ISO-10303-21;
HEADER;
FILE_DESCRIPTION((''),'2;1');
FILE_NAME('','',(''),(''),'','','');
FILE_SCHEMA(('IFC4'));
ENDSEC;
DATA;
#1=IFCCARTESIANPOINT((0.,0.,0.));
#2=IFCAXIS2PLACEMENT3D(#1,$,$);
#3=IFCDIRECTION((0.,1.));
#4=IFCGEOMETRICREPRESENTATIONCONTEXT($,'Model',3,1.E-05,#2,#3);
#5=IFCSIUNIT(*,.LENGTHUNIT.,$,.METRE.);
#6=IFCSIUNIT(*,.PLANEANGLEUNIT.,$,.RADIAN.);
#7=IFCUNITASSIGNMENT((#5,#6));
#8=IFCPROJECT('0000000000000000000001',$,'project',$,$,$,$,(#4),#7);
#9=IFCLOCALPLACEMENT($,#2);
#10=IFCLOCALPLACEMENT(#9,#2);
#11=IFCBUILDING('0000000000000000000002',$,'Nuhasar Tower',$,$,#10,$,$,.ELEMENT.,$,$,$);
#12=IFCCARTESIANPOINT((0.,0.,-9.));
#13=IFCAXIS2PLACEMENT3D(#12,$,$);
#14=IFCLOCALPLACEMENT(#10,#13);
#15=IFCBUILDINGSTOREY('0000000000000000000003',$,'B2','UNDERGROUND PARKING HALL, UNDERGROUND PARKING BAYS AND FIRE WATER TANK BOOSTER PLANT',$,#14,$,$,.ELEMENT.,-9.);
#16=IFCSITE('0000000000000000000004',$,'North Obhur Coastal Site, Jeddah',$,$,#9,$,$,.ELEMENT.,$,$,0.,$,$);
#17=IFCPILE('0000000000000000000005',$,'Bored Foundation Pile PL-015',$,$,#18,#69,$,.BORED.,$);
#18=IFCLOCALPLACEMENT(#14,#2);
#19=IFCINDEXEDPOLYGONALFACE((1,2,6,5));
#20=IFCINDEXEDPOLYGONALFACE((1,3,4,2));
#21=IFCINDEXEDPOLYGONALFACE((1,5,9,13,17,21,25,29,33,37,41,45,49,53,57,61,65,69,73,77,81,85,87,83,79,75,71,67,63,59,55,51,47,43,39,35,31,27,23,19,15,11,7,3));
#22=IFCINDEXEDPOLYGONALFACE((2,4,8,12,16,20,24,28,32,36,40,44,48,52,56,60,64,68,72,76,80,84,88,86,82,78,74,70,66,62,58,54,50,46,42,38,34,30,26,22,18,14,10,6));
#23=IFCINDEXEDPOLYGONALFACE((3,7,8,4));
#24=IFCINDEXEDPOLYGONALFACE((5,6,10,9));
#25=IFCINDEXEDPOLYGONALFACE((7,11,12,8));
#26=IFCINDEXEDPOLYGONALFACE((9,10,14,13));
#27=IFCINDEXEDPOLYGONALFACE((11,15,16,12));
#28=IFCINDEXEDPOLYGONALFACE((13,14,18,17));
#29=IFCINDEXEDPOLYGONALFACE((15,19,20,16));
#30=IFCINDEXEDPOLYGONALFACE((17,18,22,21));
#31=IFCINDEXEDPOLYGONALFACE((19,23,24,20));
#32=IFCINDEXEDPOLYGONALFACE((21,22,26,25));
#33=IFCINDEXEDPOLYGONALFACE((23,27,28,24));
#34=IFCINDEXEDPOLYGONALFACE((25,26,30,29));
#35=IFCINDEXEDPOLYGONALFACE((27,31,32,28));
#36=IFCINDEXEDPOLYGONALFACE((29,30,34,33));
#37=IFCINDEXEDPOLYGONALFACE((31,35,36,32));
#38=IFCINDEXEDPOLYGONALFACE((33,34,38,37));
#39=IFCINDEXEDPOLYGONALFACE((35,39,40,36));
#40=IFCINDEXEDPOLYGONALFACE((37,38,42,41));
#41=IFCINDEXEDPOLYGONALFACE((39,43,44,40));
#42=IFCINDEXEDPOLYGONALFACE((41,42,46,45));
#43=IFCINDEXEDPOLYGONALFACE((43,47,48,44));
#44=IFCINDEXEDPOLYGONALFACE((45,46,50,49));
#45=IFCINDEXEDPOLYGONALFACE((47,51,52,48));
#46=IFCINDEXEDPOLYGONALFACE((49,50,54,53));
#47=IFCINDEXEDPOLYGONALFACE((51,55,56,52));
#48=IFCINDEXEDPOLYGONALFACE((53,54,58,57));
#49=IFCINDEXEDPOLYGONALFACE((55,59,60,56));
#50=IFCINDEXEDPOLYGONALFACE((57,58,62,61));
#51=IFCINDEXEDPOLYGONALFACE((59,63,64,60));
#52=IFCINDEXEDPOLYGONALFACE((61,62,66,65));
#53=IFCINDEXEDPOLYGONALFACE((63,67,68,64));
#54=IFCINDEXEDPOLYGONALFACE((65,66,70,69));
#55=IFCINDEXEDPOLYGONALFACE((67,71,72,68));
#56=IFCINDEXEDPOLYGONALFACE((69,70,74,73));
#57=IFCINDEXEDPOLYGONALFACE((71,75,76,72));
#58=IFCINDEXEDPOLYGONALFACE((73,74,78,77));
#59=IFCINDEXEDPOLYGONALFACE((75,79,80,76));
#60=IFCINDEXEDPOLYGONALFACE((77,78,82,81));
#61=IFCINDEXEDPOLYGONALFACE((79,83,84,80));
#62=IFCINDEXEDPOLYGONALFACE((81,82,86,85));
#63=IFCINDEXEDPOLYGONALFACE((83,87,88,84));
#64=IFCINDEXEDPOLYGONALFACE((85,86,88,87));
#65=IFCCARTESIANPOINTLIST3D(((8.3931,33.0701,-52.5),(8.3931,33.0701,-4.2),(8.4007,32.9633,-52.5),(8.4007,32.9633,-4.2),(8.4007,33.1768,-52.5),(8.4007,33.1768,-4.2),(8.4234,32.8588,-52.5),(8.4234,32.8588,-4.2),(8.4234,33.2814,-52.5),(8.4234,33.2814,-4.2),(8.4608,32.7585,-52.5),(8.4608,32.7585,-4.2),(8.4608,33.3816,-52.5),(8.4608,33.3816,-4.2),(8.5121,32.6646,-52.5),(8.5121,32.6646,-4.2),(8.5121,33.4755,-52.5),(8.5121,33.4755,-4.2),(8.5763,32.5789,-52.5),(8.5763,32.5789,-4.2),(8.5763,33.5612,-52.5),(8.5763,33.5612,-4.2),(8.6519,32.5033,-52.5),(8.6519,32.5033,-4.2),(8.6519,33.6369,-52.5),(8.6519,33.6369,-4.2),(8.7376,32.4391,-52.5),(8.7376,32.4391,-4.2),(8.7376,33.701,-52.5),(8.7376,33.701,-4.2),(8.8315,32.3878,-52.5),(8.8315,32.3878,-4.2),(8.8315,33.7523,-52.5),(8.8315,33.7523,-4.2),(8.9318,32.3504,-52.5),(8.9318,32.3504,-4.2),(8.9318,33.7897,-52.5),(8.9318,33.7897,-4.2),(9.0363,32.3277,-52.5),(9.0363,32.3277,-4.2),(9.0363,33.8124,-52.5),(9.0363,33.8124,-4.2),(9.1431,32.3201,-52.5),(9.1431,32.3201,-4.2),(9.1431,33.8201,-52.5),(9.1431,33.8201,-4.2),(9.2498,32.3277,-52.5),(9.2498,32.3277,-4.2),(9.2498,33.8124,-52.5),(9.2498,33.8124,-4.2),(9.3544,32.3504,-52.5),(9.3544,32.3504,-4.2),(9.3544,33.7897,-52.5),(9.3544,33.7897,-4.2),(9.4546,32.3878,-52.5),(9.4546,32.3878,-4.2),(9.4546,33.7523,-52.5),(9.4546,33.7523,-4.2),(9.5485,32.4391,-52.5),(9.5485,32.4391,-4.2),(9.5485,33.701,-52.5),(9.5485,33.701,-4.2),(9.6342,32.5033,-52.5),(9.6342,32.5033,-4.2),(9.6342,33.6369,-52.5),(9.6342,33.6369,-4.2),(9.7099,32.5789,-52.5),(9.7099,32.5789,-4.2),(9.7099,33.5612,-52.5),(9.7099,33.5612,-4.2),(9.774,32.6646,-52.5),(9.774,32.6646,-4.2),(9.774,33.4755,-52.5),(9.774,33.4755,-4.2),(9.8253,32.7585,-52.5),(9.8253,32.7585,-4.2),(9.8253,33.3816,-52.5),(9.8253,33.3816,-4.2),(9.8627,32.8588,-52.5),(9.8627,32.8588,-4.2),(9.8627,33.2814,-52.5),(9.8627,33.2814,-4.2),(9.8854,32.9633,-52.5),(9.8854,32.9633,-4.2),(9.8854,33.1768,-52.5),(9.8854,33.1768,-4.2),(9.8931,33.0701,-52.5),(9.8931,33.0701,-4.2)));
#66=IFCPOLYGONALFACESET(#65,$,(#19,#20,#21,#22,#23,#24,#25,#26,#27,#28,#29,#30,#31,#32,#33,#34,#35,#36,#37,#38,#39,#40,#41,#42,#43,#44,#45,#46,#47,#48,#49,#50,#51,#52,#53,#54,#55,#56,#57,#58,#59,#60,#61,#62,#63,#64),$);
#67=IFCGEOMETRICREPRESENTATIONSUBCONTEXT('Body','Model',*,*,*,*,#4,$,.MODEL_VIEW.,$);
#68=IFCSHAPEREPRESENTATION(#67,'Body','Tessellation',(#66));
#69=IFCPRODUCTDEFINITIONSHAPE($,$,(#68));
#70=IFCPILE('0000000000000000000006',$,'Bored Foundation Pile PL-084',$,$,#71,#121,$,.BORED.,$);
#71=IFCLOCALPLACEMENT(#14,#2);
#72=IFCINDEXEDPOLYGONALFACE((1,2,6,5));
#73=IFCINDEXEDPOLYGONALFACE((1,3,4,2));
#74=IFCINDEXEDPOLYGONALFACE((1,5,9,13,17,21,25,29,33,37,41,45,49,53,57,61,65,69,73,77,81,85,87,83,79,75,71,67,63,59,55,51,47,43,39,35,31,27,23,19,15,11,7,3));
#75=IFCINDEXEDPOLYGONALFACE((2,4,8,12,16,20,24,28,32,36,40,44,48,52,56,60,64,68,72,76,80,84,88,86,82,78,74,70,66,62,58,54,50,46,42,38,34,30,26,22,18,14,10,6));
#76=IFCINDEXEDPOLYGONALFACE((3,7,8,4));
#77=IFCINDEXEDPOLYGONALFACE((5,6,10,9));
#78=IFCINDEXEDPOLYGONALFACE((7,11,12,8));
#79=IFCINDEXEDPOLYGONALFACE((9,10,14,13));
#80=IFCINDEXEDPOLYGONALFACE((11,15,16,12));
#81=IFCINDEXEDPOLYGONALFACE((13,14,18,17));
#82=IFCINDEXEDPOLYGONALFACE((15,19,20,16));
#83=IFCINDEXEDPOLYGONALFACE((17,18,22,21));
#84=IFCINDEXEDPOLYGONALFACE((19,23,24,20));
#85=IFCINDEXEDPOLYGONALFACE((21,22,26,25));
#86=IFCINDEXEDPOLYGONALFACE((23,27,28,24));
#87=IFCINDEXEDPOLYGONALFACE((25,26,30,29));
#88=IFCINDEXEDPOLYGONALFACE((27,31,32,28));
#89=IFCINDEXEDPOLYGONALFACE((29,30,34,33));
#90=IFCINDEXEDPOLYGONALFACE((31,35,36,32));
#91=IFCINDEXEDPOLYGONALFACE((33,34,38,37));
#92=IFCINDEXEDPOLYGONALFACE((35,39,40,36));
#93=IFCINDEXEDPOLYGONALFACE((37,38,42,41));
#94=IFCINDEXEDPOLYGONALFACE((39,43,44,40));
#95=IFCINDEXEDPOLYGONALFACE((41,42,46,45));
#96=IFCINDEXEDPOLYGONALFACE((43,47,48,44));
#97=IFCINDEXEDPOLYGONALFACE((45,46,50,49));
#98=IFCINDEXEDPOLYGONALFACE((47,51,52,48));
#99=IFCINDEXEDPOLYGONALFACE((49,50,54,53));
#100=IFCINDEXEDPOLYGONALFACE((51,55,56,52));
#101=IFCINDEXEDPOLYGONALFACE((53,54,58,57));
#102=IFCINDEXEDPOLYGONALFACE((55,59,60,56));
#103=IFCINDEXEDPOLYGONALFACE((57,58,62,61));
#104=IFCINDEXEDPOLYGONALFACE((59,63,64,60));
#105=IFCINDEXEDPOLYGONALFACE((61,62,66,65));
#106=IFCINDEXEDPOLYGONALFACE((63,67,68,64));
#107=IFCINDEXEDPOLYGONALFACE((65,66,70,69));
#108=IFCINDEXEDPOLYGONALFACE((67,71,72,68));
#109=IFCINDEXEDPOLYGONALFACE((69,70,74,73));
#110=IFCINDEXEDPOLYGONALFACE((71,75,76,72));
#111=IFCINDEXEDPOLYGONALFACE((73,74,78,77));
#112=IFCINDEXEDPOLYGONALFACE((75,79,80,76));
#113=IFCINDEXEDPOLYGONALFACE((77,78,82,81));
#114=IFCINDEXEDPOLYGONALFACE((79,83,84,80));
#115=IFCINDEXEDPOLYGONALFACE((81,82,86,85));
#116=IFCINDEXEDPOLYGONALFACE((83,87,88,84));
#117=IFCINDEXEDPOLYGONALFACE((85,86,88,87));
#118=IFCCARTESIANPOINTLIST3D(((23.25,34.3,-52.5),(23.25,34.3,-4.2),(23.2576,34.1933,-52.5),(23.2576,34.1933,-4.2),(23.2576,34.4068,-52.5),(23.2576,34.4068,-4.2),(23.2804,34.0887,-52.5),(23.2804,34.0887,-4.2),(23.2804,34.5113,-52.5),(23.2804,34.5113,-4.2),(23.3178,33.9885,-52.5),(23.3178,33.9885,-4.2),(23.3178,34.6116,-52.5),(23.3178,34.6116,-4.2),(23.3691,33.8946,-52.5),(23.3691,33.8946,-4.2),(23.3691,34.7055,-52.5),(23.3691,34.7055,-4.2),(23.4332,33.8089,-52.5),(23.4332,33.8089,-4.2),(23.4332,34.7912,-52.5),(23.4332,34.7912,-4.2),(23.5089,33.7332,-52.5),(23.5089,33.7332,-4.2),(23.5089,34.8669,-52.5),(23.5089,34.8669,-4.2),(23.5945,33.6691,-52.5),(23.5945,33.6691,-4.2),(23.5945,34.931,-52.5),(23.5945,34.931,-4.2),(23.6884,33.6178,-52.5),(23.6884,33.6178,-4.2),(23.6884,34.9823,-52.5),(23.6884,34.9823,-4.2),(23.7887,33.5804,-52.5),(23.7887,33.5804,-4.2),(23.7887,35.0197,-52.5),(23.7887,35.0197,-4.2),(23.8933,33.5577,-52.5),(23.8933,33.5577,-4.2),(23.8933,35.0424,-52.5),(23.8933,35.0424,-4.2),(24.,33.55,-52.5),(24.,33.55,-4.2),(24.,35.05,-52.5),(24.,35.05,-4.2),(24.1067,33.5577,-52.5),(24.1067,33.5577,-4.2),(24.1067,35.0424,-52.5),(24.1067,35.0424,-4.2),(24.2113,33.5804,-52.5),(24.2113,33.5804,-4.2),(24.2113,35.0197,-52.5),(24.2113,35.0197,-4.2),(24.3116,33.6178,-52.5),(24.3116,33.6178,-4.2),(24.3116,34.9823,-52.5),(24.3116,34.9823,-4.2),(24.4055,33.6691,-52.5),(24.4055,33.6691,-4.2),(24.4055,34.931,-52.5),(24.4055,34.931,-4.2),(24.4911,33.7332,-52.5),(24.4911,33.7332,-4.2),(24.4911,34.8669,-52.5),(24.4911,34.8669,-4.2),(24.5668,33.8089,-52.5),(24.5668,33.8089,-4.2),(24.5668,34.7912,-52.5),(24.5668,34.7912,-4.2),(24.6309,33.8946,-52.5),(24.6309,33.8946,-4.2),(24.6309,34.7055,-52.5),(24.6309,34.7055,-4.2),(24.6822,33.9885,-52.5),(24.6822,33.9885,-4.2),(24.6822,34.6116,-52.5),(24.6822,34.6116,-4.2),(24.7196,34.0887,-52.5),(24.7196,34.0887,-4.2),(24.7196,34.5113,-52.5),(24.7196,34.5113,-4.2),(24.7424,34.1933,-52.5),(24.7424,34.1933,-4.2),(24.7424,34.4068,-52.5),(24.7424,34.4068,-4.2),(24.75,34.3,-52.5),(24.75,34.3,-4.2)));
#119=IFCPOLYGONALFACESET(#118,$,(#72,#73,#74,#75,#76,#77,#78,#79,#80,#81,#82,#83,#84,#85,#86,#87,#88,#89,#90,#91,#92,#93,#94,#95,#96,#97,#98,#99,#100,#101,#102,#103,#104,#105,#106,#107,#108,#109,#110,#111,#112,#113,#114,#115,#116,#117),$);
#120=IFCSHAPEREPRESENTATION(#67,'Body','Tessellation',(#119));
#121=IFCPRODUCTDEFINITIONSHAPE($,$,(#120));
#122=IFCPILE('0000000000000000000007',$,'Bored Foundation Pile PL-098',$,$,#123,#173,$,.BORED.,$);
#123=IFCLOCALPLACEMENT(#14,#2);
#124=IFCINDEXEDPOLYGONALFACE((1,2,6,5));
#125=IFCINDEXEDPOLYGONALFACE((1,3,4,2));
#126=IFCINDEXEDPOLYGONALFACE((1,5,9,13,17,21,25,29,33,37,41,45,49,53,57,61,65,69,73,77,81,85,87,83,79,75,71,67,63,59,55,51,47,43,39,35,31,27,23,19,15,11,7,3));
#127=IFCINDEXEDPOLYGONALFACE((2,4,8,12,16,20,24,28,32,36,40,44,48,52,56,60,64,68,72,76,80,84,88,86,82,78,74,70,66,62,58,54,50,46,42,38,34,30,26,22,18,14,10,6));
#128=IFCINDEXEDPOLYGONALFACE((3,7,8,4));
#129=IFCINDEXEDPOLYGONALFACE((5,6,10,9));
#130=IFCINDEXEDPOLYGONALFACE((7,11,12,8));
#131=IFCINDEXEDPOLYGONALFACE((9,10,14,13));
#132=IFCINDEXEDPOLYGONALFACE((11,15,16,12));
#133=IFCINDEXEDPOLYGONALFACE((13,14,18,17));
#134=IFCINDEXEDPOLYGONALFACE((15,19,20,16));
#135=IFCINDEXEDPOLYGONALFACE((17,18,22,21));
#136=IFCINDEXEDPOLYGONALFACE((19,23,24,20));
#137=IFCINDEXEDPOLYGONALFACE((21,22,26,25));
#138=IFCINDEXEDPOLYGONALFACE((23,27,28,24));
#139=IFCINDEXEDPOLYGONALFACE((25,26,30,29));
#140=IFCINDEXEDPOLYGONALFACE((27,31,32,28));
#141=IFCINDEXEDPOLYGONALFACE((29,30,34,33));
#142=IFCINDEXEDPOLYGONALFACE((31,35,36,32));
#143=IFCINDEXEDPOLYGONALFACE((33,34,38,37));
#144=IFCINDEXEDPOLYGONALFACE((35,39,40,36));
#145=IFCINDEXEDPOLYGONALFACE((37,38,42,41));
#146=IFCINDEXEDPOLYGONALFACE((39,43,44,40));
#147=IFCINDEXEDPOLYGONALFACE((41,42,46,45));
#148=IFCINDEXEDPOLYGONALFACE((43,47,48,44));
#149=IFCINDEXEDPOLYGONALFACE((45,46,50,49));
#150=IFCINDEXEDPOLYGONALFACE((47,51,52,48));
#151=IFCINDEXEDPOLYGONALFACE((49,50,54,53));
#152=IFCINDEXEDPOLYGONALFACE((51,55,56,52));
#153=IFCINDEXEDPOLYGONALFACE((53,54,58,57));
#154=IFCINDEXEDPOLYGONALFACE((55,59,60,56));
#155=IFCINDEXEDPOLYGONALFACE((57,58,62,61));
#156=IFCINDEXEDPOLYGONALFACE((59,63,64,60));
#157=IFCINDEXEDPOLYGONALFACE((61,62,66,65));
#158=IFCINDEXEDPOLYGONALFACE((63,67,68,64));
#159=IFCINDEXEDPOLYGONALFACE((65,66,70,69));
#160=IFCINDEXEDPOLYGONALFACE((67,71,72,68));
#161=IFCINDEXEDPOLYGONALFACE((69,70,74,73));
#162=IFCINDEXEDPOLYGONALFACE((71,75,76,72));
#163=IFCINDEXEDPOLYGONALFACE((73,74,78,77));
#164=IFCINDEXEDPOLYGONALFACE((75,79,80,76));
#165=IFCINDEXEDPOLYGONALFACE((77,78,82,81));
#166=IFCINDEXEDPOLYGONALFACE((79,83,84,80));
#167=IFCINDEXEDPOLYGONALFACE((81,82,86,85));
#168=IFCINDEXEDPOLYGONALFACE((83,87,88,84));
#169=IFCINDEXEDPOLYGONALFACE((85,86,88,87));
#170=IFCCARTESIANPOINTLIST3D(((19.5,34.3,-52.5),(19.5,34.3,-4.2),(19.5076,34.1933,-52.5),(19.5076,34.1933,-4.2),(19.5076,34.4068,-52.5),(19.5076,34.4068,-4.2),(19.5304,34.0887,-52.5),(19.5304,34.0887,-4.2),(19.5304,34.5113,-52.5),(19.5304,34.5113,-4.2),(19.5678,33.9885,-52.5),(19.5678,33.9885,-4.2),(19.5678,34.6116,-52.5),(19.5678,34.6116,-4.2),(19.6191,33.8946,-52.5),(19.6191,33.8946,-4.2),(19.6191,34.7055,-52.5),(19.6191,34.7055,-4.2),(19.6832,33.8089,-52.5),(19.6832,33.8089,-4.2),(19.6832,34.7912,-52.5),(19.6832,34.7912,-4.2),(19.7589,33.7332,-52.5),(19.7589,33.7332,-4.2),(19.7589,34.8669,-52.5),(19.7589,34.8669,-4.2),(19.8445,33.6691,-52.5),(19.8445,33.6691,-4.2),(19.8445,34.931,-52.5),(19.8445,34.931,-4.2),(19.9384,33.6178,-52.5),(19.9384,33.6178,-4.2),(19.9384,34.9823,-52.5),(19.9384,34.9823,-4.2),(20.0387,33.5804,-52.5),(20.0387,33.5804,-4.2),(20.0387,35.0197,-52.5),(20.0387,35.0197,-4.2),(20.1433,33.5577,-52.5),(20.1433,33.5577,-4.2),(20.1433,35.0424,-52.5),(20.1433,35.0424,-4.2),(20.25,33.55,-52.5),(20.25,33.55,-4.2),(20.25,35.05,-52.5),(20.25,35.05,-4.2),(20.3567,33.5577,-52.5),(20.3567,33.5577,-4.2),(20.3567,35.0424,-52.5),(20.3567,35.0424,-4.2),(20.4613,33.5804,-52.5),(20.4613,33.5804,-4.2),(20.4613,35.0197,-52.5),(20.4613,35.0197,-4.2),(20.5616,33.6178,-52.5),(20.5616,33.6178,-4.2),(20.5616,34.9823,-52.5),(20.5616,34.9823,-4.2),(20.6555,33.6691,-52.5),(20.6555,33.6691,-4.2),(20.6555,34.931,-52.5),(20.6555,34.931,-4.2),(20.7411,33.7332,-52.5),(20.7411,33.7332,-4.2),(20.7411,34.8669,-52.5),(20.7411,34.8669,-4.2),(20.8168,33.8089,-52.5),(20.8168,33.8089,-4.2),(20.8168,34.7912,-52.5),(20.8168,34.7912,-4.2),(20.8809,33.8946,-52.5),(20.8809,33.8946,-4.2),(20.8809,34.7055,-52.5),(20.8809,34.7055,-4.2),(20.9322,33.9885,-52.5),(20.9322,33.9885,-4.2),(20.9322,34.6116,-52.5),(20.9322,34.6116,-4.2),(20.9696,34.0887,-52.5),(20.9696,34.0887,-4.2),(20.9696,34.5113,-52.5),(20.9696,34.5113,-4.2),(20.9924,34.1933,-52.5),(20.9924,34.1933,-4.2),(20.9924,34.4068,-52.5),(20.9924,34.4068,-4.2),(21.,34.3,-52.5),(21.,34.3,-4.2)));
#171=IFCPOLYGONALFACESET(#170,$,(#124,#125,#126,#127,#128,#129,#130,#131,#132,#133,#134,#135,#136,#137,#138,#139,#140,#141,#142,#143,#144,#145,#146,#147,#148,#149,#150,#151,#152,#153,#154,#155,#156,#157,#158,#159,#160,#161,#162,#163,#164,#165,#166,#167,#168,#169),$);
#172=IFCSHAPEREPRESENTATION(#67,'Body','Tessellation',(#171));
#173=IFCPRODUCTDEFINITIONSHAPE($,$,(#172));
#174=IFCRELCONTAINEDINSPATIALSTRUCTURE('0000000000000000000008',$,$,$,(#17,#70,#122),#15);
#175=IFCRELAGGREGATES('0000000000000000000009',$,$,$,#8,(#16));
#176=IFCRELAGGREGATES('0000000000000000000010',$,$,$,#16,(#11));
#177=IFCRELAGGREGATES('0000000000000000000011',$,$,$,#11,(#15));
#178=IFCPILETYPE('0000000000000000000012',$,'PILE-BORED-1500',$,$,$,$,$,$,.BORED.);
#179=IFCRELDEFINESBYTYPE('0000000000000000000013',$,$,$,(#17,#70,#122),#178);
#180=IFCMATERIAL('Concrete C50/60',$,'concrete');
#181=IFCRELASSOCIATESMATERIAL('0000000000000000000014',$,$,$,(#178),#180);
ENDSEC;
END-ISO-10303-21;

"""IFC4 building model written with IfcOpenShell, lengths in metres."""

from ifc_helpers import new_model, si_unit, direction, frame, origin, origin_2d, place, context, subcontext, project, spatial, circle, extrude, material, material_profile, profile_set, type_object, element, save


model = new_model("IFC4")

# Units and contexts
model_context = context("Model", 3, precision=1e-05, world=origin(), true_north=direction((0.0, 1.0)))
body_context = subcontext(model_context, "Body", "Model", "MODEL_VIEW")
ifc_project = project(units=[si_unit("LENGTHUNIT", "METRE"), si_unit("PLANEANGLEUNIT", "RADIAN")], contexts=[model_context])

# Site, building, storey
site_placement = place(None, origin())
site = spatial("IfcSite", under=ifc_project, at=site_placement, Name="North Obhur Coastal Site, Jeddah", CompositionType="ELEMENT", RefElevation=0.0)
building_placement = place(site_placement, origin())
building = spatial("IfcBuilding", under=site, at=building_placement, Name="Nuhasar Tower", CompositionType="ELEMENT")
storey_placement = place(building_placement, frame((0.0, 0.0, -9.0)))
storey = spatial("IfcBuildingStorey", under=building, at=storey_placement, Name="B2", Description="UNDERGROUND PARKING HALL, UNDERGROUND PARKING BAYS AND FIRE WATER TANK BOOSTER PLANT", CompositionType="ELEMENT", Elevation=-9.0)

# Shared definitions
ifc_material_1 = material(Name="Concrete C50/60", Category="concrete")

# Piles
ifc_material_profile_1 = material_profile(ifc_material_1, circle(Radius=0.75, at=origin_2d()), Name="PILE1500")
ifc_profile_set_1 = profile_set([ifc_material_profile_1], Name="Concrete C50/60")
pile_type_1 = type_object("IfcPileType", Name="PILE-BORED-1500", PredefinedType="BORED", material=ifc_profile_set_1)
for number, where, z_axis, x_axis, name in (
    (1, (9.1431, 33.0701, -4.2), (0.0, 0.0, -1.0), (1.0, 0.0, 0.0), "Bored Foundation Pile PL-015"),
    (2, (24.0, 34.3, -4.2), (0.0, 0.0, -1.0), (1.0, 0.0, 0.0), "Bored Foundation Pile PL-084"),
    (3, (20.25, 34.3, -4.2), (0.0, 0.0, -1.0), (1.0, 0.0, 0.0), "Bored Foundation Pile PL-098"),
):
    element("IfcPile", number, at=place(storey_placement, frame(where, z_axis=z_axis, x_axis=x_axis)), inside=storey, type_object=pile_type_1, Name=name, PredefinedType="BORED", context=body_context, shape_type="SweptSolid", body=[
        extrude(circle(Radius=0.75, at=origin_2d()), origin(), (0.0, 0.0, 1.0), 48.3),
    ])

save(model, "model.ifc")
